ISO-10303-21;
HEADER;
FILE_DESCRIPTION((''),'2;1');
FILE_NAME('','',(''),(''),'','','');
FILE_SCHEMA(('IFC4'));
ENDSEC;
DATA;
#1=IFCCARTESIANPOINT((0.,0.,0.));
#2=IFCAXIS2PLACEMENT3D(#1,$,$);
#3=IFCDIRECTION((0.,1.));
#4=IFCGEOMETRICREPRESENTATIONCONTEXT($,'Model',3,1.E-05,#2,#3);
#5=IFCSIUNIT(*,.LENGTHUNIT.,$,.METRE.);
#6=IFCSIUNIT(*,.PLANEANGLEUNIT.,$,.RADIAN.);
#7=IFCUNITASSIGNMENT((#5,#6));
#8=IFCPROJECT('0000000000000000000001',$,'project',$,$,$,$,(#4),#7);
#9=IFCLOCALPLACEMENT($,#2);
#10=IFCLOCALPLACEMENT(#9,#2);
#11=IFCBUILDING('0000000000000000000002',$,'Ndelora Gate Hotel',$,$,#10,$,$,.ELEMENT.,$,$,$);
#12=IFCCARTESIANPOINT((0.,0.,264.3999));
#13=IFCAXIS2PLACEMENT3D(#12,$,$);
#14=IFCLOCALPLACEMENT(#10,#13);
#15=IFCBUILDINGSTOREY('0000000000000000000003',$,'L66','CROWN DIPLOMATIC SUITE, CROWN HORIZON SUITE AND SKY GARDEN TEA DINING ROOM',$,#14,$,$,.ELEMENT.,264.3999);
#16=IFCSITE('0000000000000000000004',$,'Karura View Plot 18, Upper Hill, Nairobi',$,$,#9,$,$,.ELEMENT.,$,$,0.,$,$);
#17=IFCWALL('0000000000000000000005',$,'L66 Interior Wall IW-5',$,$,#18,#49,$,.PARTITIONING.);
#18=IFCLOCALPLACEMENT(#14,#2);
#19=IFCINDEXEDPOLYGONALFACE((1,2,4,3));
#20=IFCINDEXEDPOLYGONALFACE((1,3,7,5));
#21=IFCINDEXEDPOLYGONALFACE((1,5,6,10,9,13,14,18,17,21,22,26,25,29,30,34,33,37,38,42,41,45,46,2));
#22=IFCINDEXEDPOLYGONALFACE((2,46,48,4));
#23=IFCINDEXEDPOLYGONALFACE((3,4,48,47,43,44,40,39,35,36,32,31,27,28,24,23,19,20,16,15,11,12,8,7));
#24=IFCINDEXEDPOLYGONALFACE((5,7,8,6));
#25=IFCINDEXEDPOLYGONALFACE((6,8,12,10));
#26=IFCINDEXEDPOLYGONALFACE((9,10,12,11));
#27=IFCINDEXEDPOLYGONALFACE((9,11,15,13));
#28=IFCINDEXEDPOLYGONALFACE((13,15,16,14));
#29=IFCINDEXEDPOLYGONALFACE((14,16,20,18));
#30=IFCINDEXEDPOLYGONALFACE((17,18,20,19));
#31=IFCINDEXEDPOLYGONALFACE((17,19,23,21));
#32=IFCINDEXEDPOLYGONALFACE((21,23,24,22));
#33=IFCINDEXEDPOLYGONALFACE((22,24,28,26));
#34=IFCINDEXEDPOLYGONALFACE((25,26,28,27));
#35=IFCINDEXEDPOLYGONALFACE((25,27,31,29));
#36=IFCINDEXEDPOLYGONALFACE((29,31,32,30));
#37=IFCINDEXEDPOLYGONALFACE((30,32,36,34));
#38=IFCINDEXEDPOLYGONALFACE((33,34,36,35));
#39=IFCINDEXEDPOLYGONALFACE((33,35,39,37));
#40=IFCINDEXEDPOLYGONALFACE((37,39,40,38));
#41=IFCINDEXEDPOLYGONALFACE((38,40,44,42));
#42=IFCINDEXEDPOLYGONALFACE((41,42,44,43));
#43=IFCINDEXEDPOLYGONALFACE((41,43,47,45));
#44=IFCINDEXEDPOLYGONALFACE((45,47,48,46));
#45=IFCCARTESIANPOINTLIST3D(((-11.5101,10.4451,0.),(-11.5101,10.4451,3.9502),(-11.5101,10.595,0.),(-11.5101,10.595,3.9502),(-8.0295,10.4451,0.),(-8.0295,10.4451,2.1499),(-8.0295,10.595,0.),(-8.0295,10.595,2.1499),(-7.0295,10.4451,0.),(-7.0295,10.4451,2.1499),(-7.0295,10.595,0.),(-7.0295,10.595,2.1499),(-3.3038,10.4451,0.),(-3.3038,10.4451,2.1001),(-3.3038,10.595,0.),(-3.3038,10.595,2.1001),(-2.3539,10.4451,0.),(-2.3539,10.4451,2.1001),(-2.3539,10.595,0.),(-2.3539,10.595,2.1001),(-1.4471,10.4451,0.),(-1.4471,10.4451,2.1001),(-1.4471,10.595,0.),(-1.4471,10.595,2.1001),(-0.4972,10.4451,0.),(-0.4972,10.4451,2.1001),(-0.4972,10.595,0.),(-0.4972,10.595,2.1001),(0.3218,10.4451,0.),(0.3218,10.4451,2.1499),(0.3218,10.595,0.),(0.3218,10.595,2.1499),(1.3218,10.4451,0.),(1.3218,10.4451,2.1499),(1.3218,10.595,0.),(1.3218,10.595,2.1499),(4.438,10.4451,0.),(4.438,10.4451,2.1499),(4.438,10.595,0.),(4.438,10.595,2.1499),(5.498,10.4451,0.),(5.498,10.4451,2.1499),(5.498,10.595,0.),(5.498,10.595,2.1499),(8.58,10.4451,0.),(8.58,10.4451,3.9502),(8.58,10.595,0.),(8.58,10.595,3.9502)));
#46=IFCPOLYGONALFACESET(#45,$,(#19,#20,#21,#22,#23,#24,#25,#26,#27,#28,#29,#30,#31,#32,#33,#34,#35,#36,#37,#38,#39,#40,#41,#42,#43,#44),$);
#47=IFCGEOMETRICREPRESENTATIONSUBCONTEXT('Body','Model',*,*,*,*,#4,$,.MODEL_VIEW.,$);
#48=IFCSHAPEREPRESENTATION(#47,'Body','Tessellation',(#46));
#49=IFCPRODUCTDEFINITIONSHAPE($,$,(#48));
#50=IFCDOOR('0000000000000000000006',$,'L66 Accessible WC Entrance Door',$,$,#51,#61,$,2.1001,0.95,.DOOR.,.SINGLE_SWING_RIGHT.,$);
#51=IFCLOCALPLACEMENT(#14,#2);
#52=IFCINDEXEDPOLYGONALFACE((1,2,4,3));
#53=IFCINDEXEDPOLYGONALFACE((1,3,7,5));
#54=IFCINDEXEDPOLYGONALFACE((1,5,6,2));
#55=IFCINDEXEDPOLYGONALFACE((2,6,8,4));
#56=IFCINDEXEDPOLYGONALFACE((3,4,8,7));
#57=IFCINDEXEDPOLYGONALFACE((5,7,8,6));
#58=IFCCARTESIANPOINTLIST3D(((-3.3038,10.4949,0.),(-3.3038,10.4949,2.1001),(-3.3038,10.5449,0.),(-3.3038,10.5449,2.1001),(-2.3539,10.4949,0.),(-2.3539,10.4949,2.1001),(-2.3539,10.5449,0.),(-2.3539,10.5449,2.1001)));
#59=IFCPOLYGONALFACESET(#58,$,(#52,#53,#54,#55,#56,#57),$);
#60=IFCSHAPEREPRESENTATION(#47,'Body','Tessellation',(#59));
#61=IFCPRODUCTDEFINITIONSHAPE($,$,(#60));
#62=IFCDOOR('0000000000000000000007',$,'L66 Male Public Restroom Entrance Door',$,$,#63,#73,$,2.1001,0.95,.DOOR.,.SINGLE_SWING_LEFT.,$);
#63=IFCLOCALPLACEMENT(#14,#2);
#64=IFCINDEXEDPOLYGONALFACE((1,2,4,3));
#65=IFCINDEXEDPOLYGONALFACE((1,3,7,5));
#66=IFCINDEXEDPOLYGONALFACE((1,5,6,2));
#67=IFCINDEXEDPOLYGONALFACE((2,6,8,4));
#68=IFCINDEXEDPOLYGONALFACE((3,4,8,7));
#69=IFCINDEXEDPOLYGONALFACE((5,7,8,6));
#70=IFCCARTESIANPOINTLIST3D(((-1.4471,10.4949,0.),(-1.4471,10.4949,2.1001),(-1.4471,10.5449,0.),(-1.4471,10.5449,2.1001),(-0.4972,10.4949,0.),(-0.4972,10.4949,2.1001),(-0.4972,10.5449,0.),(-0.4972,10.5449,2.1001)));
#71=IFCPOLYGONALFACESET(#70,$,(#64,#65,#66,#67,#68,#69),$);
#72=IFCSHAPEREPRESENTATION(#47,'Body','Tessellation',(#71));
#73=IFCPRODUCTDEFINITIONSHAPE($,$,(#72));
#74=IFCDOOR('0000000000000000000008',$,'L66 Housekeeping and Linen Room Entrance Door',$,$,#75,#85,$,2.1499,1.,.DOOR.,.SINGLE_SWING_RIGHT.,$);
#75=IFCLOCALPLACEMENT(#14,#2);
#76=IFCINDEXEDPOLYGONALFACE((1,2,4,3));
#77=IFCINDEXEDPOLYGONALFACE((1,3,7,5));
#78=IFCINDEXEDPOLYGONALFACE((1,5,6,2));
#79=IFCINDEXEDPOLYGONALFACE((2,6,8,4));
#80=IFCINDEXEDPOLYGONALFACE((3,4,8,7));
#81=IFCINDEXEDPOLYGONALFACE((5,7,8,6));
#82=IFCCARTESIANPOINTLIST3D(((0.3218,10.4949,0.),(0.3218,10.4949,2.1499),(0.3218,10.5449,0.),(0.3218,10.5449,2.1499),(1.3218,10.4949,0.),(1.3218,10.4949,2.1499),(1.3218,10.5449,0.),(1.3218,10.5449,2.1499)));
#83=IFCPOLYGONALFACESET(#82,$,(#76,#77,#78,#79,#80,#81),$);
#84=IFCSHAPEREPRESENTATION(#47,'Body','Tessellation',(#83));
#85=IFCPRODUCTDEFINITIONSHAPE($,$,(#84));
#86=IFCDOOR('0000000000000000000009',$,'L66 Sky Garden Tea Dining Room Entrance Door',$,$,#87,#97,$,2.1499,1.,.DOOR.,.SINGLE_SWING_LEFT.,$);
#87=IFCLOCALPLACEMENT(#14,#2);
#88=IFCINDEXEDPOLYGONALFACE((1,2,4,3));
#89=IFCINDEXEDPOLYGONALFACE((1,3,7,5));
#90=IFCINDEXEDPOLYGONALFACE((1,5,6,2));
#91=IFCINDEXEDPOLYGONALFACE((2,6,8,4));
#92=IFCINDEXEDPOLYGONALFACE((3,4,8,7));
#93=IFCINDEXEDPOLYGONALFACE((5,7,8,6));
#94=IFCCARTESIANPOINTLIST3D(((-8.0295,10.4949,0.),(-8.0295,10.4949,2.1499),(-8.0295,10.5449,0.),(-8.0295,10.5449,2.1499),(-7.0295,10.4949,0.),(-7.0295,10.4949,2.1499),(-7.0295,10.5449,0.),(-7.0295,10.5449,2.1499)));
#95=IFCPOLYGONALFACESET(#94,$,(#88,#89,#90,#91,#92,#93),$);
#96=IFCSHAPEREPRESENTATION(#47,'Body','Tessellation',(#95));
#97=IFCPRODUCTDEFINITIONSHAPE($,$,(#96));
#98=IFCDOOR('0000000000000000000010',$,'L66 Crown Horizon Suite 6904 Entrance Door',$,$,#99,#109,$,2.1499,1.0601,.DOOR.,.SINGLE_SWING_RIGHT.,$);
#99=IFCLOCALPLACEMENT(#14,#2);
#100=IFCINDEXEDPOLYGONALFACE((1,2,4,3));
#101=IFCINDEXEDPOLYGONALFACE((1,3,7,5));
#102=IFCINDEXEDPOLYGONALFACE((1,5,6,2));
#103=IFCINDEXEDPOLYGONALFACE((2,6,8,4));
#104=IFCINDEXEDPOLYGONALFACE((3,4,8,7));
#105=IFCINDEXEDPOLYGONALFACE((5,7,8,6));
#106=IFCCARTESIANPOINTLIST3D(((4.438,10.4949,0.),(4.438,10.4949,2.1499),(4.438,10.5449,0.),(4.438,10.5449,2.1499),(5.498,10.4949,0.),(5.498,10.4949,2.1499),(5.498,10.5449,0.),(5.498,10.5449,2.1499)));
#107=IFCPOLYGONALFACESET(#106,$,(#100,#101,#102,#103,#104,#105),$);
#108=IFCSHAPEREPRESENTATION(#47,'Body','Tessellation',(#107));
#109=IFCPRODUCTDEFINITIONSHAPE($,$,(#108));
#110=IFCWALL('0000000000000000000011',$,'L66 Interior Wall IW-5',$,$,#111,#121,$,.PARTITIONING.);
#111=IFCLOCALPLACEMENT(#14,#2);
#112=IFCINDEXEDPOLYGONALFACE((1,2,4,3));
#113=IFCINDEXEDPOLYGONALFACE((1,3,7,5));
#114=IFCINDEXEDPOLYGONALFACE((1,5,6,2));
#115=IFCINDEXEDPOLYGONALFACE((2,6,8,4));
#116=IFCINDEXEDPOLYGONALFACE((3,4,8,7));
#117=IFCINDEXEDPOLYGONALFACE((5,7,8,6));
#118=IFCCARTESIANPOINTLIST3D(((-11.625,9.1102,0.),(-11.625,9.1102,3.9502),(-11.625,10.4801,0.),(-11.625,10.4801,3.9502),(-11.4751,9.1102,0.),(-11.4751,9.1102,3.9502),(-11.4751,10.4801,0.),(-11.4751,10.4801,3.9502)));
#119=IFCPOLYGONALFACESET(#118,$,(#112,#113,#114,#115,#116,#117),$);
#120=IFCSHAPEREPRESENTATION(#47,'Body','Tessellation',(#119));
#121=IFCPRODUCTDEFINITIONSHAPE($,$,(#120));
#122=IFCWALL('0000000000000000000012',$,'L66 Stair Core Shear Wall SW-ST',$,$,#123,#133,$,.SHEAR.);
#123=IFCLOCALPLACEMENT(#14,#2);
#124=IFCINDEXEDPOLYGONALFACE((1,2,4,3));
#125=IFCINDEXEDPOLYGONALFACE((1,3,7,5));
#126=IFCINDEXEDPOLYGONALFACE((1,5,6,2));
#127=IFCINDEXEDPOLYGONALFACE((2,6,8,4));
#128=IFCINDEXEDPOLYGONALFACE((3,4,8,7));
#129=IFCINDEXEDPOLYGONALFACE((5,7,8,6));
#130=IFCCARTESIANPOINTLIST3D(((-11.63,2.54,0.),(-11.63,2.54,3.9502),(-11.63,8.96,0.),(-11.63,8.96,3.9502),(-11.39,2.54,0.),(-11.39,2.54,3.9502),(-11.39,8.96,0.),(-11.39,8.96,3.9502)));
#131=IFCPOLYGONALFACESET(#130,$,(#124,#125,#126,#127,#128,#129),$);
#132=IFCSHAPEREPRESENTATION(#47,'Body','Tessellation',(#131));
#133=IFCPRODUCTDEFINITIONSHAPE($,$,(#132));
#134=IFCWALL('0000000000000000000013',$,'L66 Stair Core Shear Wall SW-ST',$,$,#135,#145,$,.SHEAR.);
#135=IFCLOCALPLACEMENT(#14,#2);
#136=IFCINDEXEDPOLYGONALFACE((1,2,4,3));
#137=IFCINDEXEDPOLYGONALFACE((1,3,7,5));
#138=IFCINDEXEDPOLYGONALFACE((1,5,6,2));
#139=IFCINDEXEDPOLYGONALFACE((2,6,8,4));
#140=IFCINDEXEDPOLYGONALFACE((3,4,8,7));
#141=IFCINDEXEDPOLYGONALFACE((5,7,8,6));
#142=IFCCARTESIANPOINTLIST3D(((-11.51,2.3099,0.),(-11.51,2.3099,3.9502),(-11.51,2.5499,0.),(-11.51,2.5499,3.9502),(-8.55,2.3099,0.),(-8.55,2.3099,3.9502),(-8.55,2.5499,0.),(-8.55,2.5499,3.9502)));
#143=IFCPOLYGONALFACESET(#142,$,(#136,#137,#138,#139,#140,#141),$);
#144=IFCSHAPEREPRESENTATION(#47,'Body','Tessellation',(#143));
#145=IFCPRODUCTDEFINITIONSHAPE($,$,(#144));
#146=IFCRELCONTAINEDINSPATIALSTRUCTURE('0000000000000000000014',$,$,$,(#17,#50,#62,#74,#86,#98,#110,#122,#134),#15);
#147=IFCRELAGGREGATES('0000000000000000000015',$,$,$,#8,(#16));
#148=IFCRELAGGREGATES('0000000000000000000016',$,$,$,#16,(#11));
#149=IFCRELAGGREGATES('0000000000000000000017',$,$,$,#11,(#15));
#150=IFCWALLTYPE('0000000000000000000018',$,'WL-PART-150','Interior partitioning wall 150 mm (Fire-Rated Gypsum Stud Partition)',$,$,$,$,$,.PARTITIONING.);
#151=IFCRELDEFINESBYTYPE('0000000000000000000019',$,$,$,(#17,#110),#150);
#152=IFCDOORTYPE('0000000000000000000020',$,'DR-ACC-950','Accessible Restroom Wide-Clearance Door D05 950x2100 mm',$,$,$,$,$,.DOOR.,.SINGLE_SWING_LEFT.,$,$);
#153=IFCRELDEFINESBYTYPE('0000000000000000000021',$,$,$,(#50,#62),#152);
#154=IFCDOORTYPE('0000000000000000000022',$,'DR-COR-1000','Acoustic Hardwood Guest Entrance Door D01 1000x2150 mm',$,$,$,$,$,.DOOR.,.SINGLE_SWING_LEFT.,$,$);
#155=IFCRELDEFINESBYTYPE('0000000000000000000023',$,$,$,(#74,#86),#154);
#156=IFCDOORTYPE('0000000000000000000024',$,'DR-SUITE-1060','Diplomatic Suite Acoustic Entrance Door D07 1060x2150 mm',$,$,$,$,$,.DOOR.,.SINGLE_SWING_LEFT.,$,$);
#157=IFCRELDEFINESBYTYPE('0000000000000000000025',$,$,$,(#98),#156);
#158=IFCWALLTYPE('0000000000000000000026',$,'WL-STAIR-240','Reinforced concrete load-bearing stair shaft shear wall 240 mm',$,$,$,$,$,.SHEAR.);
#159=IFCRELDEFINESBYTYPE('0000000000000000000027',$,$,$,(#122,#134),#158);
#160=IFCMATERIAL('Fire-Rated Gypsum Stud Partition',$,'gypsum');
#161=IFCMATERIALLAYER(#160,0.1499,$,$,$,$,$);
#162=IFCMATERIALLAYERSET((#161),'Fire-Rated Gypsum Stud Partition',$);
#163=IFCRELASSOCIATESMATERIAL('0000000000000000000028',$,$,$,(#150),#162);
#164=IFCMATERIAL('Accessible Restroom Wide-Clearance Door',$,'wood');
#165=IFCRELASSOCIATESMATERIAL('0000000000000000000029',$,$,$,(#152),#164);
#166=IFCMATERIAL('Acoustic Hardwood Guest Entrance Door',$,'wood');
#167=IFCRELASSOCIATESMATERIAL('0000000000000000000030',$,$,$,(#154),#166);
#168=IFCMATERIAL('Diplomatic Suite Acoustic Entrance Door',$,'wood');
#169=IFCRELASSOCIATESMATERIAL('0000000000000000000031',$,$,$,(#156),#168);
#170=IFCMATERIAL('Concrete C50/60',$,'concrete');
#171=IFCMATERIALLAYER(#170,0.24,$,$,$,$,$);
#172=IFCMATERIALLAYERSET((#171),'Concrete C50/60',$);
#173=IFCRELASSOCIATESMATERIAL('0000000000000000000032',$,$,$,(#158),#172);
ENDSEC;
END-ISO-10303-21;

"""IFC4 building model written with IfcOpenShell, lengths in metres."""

from ifc_helpers import new_model, si_unit, direction, frame, frame_2d, origin, place, context, subcontext, project, spatial, rectangle, extrude, material, layer, layer_set, type_object, element, fill, save


model = new_model("IFC4")

# Units and contexts
model_context = context("Model", 3, precision=1e-05, world=origin(), true_north=direction((0.0, 1.0)))
body_context = subcontext(model_context, "Body", "Model", "MODEL_VIEW")
ifc_project = project(units=[si_unit("LENGTHUNIT", "METRE"), si_unit("PLANEANGLEUNIT", "RADIAN")], contexts=[model_context])

# Site, building, storey
site_placement = place(None, origin())
site = spatial("IfcSite", under=ifc_project, at=site_placement, Name="Karura View Plot 18, Upper Hill, Nairobi", CompositionType="ELEMENT", RefElevation=0.0)
building_placement = place(site_placement, origin())
building = spatial("IfcBuilding", under=site, at=building_placement, Name="Ndelora Gate Hotel", CompositionType="ELEMENT")
storey_placement = place(building_placement, frame((0.0, 0.0, 264.3999)))
storey = spatial("IfcBuildingStorey", under=building, at=storey_placement, Name="L66", Description="CROWN DIPLOMATIC SUITE, CROWN HORIZON SUITE AND SKY GARDEN TEA DINING ROOM", CompositionType="ELEMENT", Elevation=264.3999)

# Wall, openings, doors
ifc_material_1 = material(Name="Fire-Rated Gypsum Stud Partition", Category="gypsum")
ifc_layer_1 = layer(ifc_material_1, 0.1499)
ifc_layer_set_1 = layer_set([ifc_layer_1], Name="Fire-Rated Gypsum Stud Partition")
wall_type_1 = type_object("IfcWallType", Name="WL-PART-150", Description="Interior partitioning wall 150 mm (Fire-Rated Gypsum Stud Partition)", PredefinedType="PARTITIONING", material=ifc_layer_set_1)
wall_1_placement = place(storey_placement, frame((-11.51, 10.52, 0.0), z_axis=(0.0, 0.0, 1.0), x_axis=(1.0, 0.0, 0.0)))
wall_1 = element("IfcWall", 1, at=wall_1_placement, inside=storey, type_object=wall_type_1, Name="L66 Interior Wall IW-5", PredefinedType="PARTITIONING", context=body_context, shape_type="SweptSolid", body=[
    extrude(rectangle(XDim=20.0901, YDim=0.1499, at=frame_2d((10.0449, 0.0))), origin(), (0.0, 0.0, 1.0), 3.9502),
])
opening_1_placement = place(wall_1_placement, frame((8.2061, 0.0, 0.0)))
opening_1 = element("IfcOpeningElement", 2, at=opening_1_placement, cuts=wall_1, PredefinedType="OPENING", context=body_context, shape_type="SweptSolid", body=[
    extrude(rectangle(XDim=0.95, YDim=2.1001, at=frame_2d((0.4751, 1.05))), frame((0.0, 0.085, 0.0), z_axis=(0.0, -1.0, 0.0), x_axis=(1.0, 0.0, 0.0)), (0.0, 0.0, 1.0), 0.1699),
])
opening_2_placement = place(wall_1_placement, frame((10.0627, 0.0, 0.0)))
opening_2 = element("IfcOpeningElement", 3, at=opening_2_placement, cuts=wall_1, PredefinedType="OPENING", context=body_context, shape_type="SweptSolid", body=[
    extrude(rectangle(XDim=0.95, YDim=2.1001, at=frame_2d((0.4751, 1.05))), frame((0.0, 0.085, 0.0), z_axis=(0.0, -1.0, 0.0), x_axis=(1.0, 0.0, 0.0)), (0.0, 0.0, 1.0), 0.1699),
])
opening_3_placement = place(wall_1_placement, frame((11.8318, 0.0, 0.0)))
opening_3 = element("IfcOpeningElement", 4, at=opening_3_placement, cuts=wall_1, PredefinedType="OPENING", context=body_context, shape_type="SweptSolid", body=[
    extrude(rectangle(XDim=1.0, YDim=2.1499, at=frame_2d((0.5, 1.075))), frame((0.0, 0.085, 0.0), z_axis=(0.0, -1.0, 0.0), x_axis=(1.0, 0.0, 0.0)), (0.0, 0.0, 1.0), 0.1699),
])
opening_4_placement = place(wall_1_placement, frame((3.4805, 0.0, 0.0)))
opening_4 = element("IfcOpeningElement", 5, at=opening_4_placement, cuts=wall_1, PredefinedType="OPENING", context=body_context, shape_type="SweptSolid", body=[
    extrude(rectangle(XDim=1.0, YDim=2.1499, at=frame_2d((0.5, 1.075))), frame((0.0, 0.085, 0.0), z_axis=(0.0, -1.0, 0.0), x_axis=(1.0, 0.0, 0.0)), (0.0, 0.0, 1.0), 0.1699),
])
opening_5_placement = place(wall_1_placement, frame((15.948, 0.0, 0.0)))
opening_5 = element("IfcOpeningElement", 6, at=opening_5_placement, cuts=wall_1, PredefinedType="OPENING", context=body_context, shape_type="SweptSolid", body=[
    extrude(rectangle(XDim=1.0601, YDim=2.1499, at=frame_2d((0.53, 1.075))), frame((0.0, 0.085, 0.0), z_axis=(0.0, -1.0, 0.0), x_axis=(1.0, 0.0, 0.0)), (0.0, 0.0, 1.0), 0.1699),
])
ifc_material_2 = material(Name="Accessible Restroom Wide-Clearance Door", Category="wood")
door_type_1 = type_object("IfcDoorType", Name="DR-ACC-950", Description="Accessible Restroom Wide-Clearance Door D05 950x2100 mm", OperationType="SINGLE_SWING_LEFT", PredefinedType="DOOR", material=ifc_material_2)
door_1_placement = place(opening_1_placement, origin())
door_1 = element("IfcDoor", 7, at=door_1_placement, inside=storey, type_object=door_type_1, Name="L66 Accessible WC Entrance Door", OperationType="SINGLE_SWING_RIGHT", OverallHeight=2.1001, OverallWidth=0.95, PredefinedType="DOOR", context=body_context, shape_type="SweptSolid", body=[
    extrude(rectangle(XDim=0.95, YDim=2.1001, at=frame_2d((0.4751, 1.05))), frame((0.0, 0.0249, 0.0), z_axis=(0.0, -1.0, 0.0), x_axis=(1.0, 0.0, 0.0)), (0.0, 0.0, 1.0), 0.05),
])
fill(opening_1, door_1)
door_2_placement = place(opening_2_placement, origin())
door_2 = element("IfcDoor", 8, at=door_2_placement, inside=storey, type_object=door_type_1, Name="L66 Male Public Restroom Entrance Door", OperationType="SINGLE_SWING_LEFT", OverallHeight=2.1001, OverallWidth=0.95, PredefinedType="DOOR", context=body_context, shape_type="SweptSolid", body=[
    extrude(rectangle(XDim=0.95, YDim=2.1001, at=frame_2d((0.4751, 1.05))), frame((0.0, 0.0249, 0.0), z_axis=(0.0, -1.0, 0.0), x_axis=(1.0, 0.0, 0.0)), (0.0, 0.0, 1.0), 0.05),
])
fill(opening_2, door_2)
ifc_material_3 = material(Name="Acoustic Hardwood Guest Entrance Door", Category="wood")
door_type_2 = type_object("IfcDoorType", Name="DR-COR-1000", Description="Acoustic Hardwood Guest Entrance Door D01 1000x2150 mm", OperationType="SINGLE_SWING_LEFT", PredefinedType="DOOR", material=ifc_material_3)
door_3_placement = place(opening_3_placement, origin())
door_3 = element("IfcDoor", 9, at=door_3_placement, inside=storey, type_object=door_type_2, Name="L66 Housekeeping and Linen Room Entrance Door", OperationType="SINGLE_SWING_RIGHT", OverallHeight=2.1499, OverallWidth=1.0, PredefinedType="DOOR", context=body_context, shape_type="SweptSolid", body=[
    extrude(rectangle(XDim=1.0, YDim=2.1499, at=frame_2d((0.5, 1.075))), frame((0.0, 0.0249, 0.0), z_axis=(0.0, -1.0, 0.0), x_axis=(1.0, 0.0, 0.0)), (0.0, 0.0, 1.0), 0.05),
])
fill(opening_3, door_3)
door_4_placement = place(opening_4_placement, origin())
door_4 = element("IfcDoor", 10, at=door_4_placement, inside=storey, type_object=door_type_2, Name="L66 Sky Garden Tea Dining Room Entrance Door", OperationType="SINGLE_SWING_LEFT", OverallHeight=2.1499, OverallWidth=1.0, PredefinedType="DOOR", context=body_context, shape_type="SweptSolid", body=[
    extrude(rectangle(XDim=1.0, YDim=2.1499, at=frame_2d((0.5, 1.075))), frame((0.0, 0.0249, 0.0), z_axis=(0.0, -1.0, 0.0), x_axis=(1.0, 0.0, 0.0)), (0.0, 0.0, 1.0), 0.05),
])
fill(opening_4, door_4)
ifc_material_4 = material(Name="Diplomatic Suite Acoustic Entrance Door", Category="wood")
door_type_3 = type_object("IfcDoorType", Name="DR-SUITE-1060", Description="Diplomatic Suite Acoustic Entrance Door D07 1060x2150 mm", OperationType="SINGLE_SWING_LEFT", PredefinedType="DOOR", material=ifc_material_4)
door_5_placement = place(opening_5_placement, origin())
door_5 = element("IfcDoor", 11, at=door_5_placement, inside=storey, type_object=door_type_3, Name="L66 Crown Horizon Suite 6904 Entrance Door", OperationType="SINGLE_SWING_RIGHT", OverallHeight=2.1499, OverallWidth=1.0601, PredefinedType="DOOR", context=body_context, shape_type="SweptSolid", body=[
    extrude(rectangle(XDim=1.0601, YDim=2.1499, at=frame_2d((0.53, 1.075))), frame((0.0, 0.0249, 0.0), z_axis=(0.0, -1.0, 0.0), x_axis=(1.0, 0.0, 0.0)), (0.0, 0.0, 1.0), 0.05),
])
fill(opening_5, door_5)

# Walls
wall_2_placement = place(storey_placement, frame((-11.55, 9.1101, 0.0), z_axis=(0.0, 0.0, 1.0), x_axis=(0.0, 1.0, 0.0)))
element("IfcWall", 12, at=wall_2_placement, inside=storey, type_object=wall_type_1, Name="L66 Interior Wall IW-5", PredefinedType="PARTITIONING", context=body_context, shape_type="SweptSolid", body=[
    extrude(rectangle(XDim=1.3699, YDim=0.1499, at=frame_2d((0.6851, 0.0))), origin(), (0.0, 0.0, 1.0), 3.9502),
])
ifc_material_5 = material(Name="Concrete C50/60", Category="concrete")
ifc_layer_2 = layer(ifc_material_5, 0.24)
ifc_layer_set_2 = layer_set([ifc_layer_2], Name="Concrete C50/60")
wall_type_2 = type_object("IfcWallType", Name="WL-STAIR-240", Description="Reinforced concrete load-bearing stair shaft shear wall 240 mm", PredefinedType="SHEAR", material=ifc_layer_set_2)
wall_3_placement = place(storey_placement, frame((-11.51, 2.54, 0.0), z_axis=(0.0, 0.0, 1.0), x_axis=(0.0, 1.0, 0.0)))
element("IfcWall", 13, at=wall_3_placement, inside=storey, type_object=wall_type_2, Name="L66 Stair Core Shear Wall SW-ST", PredefinedType="SHEAR", context=body_context, shape_type="SweptSolid", body=[
    extrude(rectangle(XDim=6.4199, YDim=0.24, at=frame_2d((3.21, 0.0))), origin(), (0.0, 0.0, 1.0), 3.9502),
])
wall_4_placement = place(storey_placement, frame((-11.51, 2.4299, 0.0), z_axis=(0.0, 0.0, 1.0), x_axis=(1.0, 0.0, 0.0)))
element("IfcWall", 14, at=wall_4_placement, inside=storey, type_object=wall_type_2, Name="L66 Stair Core Shear Wall SW-ST", PredefinedType="SHEAR", context=body_context, shape_type="SweptSolid", body=[
    extrude(rectangle(XDim=2.96, YDim=0.24, at=frame_2d((1.48, 0.0))), origin(), (0.0, 0.0, 1.0), 3.9502),
])

save(model, "model.ifc")
